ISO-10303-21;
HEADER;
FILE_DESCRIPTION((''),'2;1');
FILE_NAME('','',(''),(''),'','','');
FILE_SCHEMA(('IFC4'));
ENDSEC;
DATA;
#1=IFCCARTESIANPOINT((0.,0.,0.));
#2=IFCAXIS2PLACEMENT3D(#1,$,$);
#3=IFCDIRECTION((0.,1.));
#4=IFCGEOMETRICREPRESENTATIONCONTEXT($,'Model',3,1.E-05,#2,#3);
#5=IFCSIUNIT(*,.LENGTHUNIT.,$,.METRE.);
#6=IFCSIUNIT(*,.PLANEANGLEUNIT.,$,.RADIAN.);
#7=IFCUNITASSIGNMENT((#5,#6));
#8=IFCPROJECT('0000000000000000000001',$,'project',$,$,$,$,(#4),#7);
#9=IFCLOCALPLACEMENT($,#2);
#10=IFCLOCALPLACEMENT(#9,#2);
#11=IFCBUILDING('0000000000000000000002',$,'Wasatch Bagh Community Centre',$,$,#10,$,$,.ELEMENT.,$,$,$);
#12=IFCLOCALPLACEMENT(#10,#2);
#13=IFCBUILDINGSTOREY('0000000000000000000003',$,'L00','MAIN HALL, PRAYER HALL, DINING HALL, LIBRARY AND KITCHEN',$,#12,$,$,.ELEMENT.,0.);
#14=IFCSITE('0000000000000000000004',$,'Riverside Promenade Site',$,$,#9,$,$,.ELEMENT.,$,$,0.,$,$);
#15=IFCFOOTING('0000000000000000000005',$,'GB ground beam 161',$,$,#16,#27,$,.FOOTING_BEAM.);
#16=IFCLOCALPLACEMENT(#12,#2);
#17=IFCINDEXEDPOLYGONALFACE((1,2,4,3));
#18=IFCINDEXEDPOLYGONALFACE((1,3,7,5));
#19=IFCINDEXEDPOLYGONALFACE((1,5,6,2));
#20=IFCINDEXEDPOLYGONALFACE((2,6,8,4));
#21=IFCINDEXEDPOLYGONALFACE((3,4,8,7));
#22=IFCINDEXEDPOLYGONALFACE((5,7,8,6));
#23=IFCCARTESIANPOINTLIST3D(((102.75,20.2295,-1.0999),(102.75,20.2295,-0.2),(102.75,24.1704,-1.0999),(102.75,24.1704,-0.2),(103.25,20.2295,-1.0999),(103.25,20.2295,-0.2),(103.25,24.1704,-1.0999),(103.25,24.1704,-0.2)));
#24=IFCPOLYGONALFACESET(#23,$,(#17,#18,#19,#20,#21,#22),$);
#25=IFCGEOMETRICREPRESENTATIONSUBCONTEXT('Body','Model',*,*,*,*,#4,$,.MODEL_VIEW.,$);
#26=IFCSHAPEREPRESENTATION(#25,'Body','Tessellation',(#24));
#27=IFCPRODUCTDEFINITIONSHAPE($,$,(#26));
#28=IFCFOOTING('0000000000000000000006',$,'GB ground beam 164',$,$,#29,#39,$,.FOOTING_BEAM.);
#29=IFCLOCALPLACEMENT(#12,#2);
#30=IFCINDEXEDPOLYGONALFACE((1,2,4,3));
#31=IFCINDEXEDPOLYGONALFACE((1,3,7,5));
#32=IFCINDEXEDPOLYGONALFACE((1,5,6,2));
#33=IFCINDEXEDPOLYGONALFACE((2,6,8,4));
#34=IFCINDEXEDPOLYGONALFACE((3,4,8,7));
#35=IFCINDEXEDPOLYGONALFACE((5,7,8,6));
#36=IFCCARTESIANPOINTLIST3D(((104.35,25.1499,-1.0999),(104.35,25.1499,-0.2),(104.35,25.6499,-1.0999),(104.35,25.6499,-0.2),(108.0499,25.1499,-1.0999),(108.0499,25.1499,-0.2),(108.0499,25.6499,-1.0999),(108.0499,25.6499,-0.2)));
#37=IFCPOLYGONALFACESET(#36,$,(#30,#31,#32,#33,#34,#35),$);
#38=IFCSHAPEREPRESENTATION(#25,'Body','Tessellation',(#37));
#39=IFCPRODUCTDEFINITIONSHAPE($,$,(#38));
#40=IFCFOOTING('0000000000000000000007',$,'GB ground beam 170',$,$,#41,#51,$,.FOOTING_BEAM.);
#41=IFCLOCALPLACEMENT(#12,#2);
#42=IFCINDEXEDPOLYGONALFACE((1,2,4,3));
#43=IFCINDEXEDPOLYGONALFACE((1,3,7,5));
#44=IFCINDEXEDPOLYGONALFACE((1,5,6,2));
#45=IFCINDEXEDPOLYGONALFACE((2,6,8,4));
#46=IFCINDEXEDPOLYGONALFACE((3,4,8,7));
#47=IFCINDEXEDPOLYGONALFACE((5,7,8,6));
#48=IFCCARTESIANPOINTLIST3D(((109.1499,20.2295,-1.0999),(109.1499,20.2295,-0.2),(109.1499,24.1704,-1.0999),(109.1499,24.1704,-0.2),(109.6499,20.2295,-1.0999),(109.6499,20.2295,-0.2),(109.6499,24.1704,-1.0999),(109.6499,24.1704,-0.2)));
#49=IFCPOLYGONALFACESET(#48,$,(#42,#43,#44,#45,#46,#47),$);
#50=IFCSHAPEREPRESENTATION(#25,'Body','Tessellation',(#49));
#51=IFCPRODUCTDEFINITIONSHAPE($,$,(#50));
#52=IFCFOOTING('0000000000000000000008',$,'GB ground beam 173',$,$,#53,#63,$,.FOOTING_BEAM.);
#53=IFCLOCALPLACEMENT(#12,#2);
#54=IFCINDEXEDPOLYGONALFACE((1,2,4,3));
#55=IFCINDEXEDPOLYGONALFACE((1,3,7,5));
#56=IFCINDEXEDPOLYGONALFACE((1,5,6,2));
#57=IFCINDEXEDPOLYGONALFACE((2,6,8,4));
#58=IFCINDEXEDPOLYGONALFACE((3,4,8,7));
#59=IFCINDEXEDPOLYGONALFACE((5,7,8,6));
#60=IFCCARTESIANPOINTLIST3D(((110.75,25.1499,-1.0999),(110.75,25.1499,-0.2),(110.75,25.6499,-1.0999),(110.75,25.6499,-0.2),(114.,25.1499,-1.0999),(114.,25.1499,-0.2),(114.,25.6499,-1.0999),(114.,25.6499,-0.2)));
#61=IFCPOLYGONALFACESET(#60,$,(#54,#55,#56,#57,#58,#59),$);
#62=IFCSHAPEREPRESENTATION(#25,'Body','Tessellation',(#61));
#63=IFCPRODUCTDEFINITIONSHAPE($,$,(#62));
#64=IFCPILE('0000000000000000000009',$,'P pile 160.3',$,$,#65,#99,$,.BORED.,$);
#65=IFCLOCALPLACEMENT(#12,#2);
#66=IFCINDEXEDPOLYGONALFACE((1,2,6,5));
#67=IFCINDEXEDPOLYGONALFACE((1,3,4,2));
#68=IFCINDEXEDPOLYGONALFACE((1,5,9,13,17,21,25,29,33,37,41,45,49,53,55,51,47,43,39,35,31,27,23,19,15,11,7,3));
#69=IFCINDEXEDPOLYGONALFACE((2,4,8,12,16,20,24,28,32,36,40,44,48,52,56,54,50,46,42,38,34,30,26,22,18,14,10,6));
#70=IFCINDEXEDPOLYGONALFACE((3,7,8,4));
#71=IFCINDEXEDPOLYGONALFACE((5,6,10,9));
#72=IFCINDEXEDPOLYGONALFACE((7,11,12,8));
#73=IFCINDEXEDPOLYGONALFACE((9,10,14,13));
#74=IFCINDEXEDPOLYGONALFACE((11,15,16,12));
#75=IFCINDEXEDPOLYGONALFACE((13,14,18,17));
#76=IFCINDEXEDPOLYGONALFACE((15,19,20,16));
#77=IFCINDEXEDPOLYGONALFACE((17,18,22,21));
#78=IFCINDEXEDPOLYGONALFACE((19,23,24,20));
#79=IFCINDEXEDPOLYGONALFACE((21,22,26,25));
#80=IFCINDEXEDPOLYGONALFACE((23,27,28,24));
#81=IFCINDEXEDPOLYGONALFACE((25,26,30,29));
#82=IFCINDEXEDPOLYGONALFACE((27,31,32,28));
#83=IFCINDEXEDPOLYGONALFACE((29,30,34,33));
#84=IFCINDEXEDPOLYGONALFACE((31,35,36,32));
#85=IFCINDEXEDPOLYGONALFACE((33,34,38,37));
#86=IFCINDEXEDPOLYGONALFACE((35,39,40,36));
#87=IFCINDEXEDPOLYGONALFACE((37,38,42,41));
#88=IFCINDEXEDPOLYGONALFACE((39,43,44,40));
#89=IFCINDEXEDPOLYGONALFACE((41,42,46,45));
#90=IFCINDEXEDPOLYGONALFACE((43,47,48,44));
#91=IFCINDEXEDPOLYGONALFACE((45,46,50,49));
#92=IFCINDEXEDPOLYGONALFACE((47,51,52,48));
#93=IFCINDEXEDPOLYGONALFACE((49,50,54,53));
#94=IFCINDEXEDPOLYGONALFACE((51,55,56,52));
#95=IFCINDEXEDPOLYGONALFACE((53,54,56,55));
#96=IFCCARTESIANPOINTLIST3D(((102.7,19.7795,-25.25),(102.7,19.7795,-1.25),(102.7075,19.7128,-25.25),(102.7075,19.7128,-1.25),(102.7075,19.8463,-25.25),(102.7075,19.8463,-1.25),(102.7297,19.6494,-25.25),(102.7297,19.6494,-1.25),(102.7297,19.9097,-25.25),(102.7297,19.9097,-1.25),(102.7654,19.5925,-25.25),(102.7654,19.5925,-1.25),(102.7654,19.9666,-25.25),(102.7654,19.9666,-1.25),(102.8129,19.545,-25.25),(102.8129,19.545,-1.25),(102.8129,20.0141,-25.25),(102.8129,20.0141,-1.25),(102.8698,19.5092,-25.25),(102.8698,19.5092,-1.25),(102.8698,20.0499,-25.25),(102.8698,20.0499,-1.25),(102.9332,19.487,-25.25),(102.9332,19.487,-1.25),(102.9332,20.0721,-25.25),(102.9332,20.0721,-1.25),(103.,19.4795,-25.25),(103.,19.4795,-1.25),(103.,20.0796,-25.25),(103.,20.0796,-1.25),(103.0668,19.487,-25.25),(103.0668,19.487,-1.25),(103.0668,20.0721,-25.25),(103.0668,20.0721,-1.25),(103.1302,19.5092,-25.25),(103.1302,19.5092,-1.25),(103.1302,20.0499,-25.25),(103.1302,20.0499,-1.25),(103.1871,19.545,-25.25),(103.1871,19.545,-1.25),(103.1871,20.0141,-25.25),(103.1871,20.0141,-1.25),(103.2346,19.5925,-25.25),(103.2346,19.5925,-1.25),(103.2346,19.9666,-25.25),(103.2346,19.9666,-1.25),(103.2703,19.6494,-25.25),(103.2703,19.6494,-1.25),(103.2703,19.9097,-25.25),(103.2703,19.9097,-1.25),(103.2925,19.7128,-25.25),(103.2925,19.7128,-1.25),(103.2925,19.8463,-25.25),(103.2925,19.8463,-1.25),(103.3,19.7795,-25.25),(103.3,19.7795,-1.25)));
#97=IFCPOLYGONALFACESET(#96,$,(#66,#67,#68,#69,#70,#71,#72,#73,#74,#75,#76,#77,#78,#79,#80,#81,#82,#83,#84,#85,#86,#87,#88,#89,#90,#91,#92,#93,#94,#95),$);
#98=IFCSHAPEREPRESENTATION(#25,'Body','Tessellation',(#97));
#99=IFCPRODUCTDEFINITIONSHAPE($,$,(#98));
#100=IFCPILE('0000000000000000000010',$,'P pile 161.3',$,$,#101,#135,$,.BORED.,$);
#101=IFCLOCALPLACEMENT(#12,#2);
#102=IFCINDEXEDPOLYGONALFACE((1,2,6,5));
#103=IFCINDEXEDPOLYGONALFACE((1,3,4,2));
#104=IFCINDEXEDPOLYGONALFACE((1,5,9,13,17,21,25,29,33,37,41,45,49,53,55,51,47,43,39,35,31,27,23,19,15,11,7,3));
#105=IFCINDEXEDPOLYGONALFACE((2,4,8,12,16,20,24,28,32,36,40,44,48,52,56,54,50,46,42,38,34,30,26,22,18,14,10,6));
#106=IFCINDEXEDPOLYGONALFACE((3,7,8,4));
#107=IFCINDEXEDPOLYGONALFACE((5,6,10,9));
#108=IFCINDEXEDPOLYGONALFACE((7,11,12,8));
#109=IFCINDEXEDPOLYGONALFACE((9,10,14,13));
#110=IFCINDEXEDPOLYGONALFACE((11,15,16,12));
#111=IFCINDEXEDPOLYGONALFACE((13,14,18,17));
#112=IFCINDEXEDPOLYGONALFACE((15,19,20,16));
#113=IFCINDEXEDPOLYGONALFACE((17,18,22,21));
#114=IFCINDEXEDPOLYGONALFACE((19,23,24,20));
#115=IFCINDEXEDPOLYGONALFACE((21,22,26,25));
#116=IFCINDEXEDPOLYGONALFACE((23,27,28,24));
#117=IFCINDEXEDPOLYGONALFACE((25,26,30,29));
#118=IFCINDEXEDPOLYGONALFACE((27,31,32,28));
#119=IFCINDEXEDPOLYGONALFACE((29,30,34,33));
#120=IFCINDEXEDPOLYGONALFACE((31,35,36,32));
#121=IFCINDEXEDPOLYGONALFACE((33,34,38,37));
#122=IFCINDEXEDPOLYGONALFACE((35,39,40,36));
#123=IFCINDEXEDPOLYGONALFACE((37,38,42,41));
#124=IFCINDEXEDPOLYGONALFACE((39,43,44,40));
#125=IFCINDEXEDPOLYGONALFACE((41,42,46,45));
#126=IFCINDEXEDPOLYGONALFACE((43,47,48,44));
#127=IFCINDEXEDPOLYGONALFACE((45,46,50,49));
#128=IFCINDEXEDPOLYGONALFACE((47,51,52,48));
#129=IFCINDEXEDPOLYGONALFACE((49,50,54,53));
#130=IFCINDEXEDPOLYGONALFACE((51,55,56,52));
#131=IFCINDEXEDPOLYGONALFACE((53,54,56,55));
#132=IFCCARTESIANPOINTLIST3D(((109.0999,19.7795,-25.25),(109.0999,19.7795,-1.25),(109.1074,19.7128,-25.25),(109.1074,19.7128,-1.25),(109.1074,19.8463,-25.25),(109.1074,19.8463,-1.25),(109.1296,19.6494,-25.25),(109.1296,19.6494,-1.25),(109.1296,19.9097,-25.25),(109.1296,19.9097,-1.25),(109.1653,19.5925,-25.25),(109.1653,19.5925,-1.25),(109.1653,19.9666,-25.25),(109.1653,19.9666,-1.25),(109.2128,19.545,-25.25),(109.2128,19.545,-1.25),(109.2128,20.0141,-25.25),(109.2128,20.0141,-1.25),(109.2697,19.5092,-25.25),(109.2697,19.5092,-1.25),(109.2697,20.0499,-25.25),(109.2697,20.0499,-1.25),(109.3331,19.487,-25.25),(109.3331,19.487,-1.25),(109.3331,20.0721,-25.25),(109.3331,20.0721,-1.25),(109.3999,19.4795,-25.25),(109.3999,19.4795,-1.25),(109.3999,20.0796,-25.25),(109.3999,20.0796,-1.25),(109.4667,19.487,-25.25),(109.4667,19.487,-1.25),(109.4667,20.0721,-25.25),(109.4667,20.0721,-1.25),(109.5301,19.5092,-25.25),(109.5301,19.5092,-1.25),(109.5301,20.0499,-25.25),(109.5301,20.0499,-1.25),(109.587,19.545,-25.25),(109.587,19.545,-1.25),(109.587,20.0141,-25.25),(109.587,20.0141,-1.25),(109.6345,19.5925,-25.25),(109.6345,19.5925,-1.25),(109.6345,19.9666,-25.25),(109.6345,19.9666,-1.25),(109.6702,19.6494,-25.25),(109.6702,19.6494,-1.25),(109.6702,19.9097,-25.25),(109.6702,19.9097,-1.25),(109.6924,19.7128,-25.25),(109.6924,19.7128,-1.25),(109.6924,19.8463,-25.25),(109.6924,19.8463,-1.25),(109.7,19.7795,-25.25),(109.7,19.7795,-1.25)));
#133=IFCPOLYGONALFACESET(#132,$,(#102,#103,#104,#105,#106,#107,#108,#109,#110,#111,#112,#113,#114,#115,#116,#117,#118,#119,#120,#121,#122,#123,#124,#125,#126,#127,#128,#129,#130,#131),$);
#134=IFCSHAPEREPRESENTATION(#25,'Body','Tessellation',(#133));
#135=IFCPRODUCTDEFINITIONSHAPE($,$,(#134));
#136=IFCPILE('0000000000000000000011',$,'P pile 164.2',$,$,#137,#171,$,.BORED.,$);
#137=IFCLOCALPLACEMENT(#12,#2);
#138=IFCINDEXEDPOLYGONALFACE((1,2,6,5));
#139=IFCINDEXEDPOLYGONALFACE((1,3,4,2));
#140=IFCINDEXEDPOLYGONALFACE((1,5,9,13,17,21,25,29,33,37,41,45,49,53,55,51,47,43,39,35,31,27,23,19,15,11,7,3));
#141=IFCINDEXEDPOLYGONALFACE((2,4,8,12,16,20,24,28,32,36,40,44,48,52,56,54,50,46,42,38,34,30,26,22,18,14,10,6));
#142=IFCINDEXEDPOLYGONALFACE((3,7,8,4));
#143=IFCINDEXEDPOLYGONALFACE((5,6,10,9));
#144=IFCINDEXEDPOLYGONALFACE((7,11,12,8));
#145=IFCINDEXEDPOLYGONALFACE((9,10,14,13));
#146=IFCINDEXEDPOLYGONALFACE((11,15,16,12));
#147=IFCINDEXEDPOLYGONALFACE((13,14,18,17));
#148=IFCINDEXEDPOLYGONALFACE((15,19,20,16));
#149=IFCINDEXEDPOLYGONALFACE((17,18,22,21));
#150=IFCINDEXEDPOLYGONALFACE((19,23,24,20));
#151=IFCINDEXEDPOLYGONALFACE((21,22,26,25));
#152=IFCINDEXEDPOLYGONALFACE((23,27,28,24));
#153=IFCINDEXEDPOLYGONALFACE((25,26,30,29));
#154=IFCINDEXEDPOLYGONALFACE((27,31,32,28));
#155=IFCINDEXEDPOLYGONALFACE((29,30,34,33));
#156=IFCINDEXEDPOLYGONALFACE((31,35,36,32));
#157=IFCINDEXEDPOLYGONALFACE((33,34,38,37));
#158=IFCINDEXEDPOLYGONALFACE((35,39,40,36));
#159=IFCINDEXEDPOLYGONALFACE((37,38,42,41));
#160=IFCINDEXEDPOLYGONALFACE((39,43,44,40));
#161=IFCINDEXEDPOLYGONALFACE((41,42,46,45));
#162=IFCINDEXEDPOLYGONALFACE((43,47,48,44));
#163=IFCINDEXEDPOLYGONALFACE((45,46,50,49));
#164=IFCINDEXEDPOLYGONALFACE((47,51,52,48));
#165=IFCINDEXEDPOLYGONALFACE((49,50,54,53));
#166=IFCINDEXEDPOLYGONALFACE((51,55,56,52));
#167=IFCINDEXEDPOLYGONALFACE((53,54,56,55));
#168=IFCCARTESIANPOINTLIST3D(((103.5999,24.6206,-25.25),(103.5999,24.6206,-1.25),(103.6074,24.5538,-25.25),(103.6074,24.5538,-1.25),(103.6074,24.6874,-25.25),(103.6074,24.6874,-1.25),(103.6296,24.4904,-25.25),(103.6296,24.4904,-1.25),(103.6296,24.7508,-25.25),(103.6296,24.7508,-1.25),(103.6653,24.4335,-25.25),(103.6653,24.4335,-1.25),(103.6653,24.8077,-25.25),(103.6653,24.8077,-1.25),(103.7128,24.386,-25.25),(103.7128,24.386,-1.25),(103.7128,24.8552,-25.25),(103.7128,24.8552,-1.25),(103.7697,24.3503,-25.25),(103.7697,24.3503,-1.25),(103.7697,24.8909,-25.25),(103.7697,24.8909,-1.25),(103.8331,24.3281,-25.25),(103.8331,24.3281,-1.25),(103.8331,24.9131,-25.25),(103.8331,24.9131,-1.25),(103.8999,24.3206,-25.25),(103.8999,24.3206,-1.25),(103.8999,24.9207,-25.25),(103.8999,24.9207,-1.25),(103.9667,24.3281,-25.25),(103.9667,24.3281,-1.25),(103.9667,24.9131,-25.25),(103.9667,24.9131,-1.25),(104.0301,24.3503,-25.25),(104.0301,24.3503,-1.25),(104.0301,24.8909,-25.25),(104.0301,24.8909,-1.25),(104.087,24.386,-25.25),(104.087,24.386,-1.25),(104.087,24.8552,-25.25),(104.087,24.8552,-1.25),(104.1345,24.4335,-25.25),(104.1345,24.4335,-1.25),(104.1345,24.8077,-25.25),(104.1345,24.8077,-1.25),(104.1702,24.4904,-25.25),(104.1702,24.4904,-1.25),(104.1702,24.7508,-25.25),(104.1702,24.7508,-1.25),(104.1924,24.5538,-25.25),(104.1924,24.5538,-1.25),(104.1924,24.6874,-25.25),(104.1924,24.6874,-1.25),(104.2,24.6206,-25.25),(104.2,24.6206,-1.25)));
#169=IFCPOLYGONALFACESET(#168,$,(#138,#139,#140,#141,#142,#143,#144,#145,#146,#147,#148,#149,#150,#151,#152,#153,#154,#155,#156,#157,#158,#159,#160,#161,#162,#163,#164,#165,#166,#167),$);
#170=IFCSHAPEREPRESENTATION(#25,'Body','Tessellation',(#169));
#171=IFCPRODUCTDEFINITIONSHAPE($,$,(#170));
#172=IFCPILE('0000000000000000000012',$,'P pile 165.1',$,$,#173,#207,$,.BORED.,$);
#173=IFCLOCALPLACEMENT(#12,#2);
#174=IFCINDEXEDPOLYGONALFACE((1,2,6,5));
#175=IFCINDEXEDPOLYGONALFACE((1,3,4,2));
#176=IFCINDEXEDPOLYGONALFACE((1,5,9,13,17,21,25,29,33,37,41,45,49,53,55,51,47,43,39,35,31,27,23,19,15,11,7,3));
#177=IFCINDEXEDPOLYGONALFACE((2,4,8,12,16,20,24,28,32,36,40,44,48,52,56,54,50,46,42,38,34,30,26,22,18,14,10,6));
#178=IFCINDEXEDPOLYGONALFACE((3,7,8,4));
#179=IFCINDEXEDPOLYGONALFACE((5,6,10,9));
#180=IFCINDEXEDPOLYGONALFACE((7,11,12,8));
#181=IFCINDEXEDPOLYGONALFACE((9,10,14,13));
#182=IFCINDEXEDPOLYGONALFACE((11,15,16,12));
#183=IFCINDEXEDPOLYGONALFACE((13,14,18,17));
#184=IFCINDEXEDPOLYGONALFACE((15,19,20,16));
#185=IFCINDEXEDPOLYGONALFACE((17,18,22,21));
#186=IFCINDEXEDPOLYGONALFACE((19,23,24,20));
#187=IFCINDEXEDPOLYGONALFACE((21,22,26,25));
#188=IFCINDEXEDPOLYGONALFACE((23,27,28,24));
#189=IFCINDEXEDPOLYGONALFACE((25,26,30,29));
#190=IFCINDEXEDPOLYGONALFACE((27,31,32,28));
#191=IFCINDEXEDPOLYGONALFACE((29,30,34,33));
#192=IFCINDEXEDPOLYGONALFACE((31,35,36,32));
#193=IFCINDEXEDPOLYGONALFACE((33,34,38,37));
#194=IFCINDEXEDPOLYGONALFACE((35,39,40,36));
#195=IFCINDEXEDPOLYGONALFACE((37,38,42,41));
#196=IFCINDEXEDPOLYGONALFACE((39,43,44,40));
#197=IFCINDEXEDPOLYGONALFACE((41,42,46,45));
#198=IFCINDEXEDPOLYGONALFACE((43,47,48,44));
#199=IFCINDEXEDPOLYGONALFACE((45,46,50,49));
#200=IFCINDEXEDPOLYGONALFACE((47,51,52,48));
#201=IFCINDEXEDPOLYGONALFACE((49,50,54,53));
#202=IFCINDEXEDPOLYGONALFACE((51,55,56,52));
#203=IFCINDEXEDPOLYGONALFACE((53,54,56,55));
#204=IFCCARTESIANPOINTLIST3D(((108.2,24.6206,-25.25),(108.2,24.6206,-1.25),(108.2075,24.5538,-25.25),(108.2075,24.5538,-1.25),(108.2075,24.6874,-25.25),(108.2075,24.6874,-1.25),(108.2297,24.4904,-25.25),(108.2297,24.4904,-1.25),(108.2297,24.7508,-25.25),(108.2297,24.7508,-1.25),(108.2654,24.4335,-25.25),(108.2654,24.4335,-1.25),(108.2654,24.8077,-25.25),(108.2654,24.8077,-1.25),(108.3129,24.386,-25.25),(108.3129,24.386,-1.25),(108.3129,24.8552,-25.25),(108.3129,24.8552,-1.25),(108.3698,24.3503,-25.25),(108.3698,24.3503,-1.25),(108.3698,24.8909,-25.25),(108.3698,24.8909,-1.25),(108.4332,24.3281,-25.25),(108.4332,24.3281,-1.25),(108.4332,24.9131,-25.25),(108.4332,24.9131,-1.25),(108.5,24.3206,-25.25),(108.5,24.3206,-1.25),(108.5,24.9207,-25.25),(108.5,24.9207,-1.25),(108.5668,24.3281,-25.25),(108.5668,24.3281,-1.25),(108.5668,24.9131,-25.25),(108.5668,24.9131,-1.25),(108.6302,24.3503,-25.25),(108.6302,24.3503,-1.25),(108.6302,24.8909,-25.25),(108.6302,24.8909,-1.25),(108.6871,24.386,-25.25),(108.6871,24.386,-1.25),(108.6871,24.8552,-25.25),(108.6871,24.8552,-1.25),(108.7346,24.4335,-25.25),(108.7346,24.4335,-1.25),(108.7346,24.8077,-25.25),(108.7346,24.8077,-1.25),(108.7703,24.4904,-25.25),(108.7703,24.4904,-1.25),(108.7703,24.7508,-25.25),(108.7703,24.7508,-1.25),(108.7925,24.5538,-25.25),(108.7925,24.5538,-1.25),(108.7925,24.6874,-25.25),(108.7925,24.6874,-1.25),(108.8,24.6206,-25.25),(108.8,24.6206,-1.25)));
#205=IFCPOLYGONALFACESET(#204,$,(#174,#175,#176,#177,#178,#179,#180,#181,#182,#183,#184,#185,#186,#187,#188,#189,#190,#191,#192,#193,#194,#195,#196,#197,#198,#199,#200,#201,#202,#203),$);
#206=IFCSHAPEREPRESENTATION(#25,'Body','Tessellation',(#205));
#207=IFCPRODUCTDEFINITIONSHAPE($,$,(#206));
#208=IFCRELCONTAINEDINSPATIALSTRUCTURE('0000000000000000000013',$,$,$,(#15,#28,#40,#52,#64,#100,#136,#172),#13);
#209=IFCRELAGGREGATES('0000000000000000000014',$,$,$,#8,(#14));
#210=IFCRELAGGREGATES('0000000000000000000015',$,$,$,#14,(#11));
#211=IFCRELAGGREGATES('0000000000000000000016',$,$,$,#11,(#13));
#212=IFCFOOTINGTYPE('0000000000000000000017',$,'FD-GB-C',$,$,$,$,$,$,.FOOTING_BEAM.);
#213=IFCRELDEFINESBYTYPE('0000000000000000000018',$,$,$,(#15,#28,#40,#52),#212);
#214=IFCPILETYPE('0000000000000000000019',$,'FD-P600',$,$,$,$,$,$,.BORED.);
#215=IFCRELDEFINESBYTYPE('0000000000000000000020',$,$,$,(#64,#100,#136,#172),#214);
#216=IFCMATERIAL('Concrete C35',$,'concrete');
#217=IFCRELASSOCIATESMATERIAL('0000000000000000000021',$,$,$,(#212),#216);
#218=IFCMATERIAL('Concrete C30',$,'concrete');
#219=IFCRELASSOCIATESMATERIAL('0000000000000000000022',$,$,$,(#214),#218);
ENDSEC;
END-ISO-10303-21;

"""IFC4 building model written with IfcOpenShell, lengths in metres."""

from ifc_helpers import new_model, si_unit, direction, frame, origin, origin_2d, place, context, subcontext, project, spatial, rectangle, circle, extrude, material, material_profile, profile_set, type_object, element, save


model = new_model("IFC4")

# Units and contexts
model_context = context("Model", 3, precision=1e-05, world=origin(), true_north=direction((0.0, 1.0)))
body_context = subcontext(model_context, "Body", "Model", "MODEL_VIEW")
ifc_project = project(units=[si_unit("LENGTHUNIT", "METRE"), si_unit("PLANEANGLEUNIT", "RADIAN")], contexts=[model_context])

# Site, building, storey
site_placement = place(None, origin())
site = spatial("IfcSite", under=ifc_project, at=site_placement, Name="Riverside Promenade Site", CompositionType="ELEMENT", RefElevation=0.0)
building_placement = place(site_placement, origin())
building = spatial("IfcBuilding", under=site, at=building_placement, Name="Wasatch Bagh Community Centre", CompositionType="ELEMENT")
storey_placement = place(building_placement, origin())
storey = spatial("IfcBuildingStorey", under=building, at=storey_placement, Name="L00", Description="MAIN HALL, PRAYER HALL, DINING HALL, LIBRARY AND KITCHEN", CompositionType="ELEMENT", Elevation=0.0)

# Footings
ifc_material_1 = material(Name="Concrete C35", Category="concrete")
footing_type_1 = type_object("IfcFootingType", Name="FD-GB-C", PredefinedType="FOOTING_BEAM", material=ifc_material_1)
footing_1_placement = place(storey_placement, frame((103.0, 22.2, -1.0999), z_axis=(0.0, 0.0, 1.0), x_axis=(0.0, 1.0, 0.0)))
element("IfcFooting", 1, at=footing_1_placement, inside=storey, type_object=footing_type_1, Name="GB ground beam 161", PredefinedType="FOOTING_BEAM", context=body_context, shape_type="SweptSolid", body=[
    extrude(rectangle(XDim=3.9409, YDim=0.5, at=origin_2d()), origin(), (0.0, 0.0, 1.0), 0.8999),
])
footing_2_placement = place(storey_placement, frame((106.2, 25.3999, -1.0999), z_axis=(0.0, 0.0, 1.0), x_axis=(1.0, 0.0, 0.0)))
element("IfcFooting", 2, at=footing_2_placement, inside=storey, type_object=footing_type_1, Name="GB ground beam 164", PredefinedType="FOOTING_BEAM", context=body_context, shape_type="SweptSolid", body=[
    extrude(rectangle(XDim=3.7, YDim=0.5, at=origin_2d()), origin(), (0.0, 0.0, 1.0), 0.8999),
])
footing_3_placement = place(storey_placement, frame((109.3999, 22.2, -1.0999), z_axis=(0.0, 0.0, 1.0), x_axis=(0.0, 1.0, 0.0)))
element("IfcFooting", 3, at=footing_3_placement, inside=storey, type_object=footing_type_1, Name="GB ground beam 170", PredefinedType="FOOTING_BEAM", context=body_context, shape_type="SweptSolid", body=[
    extrude(rectangle(XDim=3.9409, YDim=0.5, at=origin_2d()), origin(), (0.0, 0.0, 1.0), 0.8999),
])
footing_4_placement = place(storey_placement, frame((112.375, 25.3999, -1.0999), z_axis=(0.0, 0.0, 1.0), x_axis=(1.0, 0.0, 0.0)))
element("IfcFooting", 4, at=footing_4_placement, inside=storey, type_object=footing_type_1, Name="GB ground beam 173", PredefinedType="FOOTING_BEAM", context=body_context, shape_type="SweptSolid", body=[
    extrude(rectangle(XDim=3.25, YDim=0.5, at=origin_2d()), origin(), (0.0, 0.0, 1.0), 0.8999),
])

# Piles
ifc_material_2 = material(Name="Concrete C30", Category="concrete")
ifc_material_profile_1 = material_profile(ifc_material_2, circle(Radius=0.3, at=origin_2d()), Name="RC D600")
ifc_profile_set_1 = profile_set([ifc_material_profile_1], Name="Concrete C30")
pile_type = type_object("IfcPileType", Name="FD-P600", PredefinedType="BORED", material=ifc_profile_set_1)
for number, where, z_axis, x_axis, name in (
    (5, (103.0, 19.7795, -1.25), (0.0, 0.0, -1.0), (1.0, 0.0, 0.0), "P pile 160.3"),
    (6, (109.3999, 19.7795, -1.25), (0.0, 0.0, -1.0), (1.0, 0.0, 0.0), "P pile 161.3"),
    (7, (103.8999, 24.6206, -1.25), (0.0, 0.0, -1.0), (1.0, 0.0, 0.0), "P pile 164.2"),
    (8, (108.5, 24.6206, -1.25), (0.0, 0.0, -1.0), (1.0, 0.0, 0.0), "P pile 165.1"),
):
    element("IfcPile", number, at=place(storey_placement, frame(where, z_axis=z_axis, x_axis=x_axis)), inside=storey, type_object=pile_type, Name=name, PredefinedType="BORED", context=body_context, shape_type="SweptSolid", body=[
        extrude(circle(Radius=0.3, at=origin_2d()), origin(), (0.0, 0.0, 1.0), 24.0),
    ])

save(model, "model.ifc")
